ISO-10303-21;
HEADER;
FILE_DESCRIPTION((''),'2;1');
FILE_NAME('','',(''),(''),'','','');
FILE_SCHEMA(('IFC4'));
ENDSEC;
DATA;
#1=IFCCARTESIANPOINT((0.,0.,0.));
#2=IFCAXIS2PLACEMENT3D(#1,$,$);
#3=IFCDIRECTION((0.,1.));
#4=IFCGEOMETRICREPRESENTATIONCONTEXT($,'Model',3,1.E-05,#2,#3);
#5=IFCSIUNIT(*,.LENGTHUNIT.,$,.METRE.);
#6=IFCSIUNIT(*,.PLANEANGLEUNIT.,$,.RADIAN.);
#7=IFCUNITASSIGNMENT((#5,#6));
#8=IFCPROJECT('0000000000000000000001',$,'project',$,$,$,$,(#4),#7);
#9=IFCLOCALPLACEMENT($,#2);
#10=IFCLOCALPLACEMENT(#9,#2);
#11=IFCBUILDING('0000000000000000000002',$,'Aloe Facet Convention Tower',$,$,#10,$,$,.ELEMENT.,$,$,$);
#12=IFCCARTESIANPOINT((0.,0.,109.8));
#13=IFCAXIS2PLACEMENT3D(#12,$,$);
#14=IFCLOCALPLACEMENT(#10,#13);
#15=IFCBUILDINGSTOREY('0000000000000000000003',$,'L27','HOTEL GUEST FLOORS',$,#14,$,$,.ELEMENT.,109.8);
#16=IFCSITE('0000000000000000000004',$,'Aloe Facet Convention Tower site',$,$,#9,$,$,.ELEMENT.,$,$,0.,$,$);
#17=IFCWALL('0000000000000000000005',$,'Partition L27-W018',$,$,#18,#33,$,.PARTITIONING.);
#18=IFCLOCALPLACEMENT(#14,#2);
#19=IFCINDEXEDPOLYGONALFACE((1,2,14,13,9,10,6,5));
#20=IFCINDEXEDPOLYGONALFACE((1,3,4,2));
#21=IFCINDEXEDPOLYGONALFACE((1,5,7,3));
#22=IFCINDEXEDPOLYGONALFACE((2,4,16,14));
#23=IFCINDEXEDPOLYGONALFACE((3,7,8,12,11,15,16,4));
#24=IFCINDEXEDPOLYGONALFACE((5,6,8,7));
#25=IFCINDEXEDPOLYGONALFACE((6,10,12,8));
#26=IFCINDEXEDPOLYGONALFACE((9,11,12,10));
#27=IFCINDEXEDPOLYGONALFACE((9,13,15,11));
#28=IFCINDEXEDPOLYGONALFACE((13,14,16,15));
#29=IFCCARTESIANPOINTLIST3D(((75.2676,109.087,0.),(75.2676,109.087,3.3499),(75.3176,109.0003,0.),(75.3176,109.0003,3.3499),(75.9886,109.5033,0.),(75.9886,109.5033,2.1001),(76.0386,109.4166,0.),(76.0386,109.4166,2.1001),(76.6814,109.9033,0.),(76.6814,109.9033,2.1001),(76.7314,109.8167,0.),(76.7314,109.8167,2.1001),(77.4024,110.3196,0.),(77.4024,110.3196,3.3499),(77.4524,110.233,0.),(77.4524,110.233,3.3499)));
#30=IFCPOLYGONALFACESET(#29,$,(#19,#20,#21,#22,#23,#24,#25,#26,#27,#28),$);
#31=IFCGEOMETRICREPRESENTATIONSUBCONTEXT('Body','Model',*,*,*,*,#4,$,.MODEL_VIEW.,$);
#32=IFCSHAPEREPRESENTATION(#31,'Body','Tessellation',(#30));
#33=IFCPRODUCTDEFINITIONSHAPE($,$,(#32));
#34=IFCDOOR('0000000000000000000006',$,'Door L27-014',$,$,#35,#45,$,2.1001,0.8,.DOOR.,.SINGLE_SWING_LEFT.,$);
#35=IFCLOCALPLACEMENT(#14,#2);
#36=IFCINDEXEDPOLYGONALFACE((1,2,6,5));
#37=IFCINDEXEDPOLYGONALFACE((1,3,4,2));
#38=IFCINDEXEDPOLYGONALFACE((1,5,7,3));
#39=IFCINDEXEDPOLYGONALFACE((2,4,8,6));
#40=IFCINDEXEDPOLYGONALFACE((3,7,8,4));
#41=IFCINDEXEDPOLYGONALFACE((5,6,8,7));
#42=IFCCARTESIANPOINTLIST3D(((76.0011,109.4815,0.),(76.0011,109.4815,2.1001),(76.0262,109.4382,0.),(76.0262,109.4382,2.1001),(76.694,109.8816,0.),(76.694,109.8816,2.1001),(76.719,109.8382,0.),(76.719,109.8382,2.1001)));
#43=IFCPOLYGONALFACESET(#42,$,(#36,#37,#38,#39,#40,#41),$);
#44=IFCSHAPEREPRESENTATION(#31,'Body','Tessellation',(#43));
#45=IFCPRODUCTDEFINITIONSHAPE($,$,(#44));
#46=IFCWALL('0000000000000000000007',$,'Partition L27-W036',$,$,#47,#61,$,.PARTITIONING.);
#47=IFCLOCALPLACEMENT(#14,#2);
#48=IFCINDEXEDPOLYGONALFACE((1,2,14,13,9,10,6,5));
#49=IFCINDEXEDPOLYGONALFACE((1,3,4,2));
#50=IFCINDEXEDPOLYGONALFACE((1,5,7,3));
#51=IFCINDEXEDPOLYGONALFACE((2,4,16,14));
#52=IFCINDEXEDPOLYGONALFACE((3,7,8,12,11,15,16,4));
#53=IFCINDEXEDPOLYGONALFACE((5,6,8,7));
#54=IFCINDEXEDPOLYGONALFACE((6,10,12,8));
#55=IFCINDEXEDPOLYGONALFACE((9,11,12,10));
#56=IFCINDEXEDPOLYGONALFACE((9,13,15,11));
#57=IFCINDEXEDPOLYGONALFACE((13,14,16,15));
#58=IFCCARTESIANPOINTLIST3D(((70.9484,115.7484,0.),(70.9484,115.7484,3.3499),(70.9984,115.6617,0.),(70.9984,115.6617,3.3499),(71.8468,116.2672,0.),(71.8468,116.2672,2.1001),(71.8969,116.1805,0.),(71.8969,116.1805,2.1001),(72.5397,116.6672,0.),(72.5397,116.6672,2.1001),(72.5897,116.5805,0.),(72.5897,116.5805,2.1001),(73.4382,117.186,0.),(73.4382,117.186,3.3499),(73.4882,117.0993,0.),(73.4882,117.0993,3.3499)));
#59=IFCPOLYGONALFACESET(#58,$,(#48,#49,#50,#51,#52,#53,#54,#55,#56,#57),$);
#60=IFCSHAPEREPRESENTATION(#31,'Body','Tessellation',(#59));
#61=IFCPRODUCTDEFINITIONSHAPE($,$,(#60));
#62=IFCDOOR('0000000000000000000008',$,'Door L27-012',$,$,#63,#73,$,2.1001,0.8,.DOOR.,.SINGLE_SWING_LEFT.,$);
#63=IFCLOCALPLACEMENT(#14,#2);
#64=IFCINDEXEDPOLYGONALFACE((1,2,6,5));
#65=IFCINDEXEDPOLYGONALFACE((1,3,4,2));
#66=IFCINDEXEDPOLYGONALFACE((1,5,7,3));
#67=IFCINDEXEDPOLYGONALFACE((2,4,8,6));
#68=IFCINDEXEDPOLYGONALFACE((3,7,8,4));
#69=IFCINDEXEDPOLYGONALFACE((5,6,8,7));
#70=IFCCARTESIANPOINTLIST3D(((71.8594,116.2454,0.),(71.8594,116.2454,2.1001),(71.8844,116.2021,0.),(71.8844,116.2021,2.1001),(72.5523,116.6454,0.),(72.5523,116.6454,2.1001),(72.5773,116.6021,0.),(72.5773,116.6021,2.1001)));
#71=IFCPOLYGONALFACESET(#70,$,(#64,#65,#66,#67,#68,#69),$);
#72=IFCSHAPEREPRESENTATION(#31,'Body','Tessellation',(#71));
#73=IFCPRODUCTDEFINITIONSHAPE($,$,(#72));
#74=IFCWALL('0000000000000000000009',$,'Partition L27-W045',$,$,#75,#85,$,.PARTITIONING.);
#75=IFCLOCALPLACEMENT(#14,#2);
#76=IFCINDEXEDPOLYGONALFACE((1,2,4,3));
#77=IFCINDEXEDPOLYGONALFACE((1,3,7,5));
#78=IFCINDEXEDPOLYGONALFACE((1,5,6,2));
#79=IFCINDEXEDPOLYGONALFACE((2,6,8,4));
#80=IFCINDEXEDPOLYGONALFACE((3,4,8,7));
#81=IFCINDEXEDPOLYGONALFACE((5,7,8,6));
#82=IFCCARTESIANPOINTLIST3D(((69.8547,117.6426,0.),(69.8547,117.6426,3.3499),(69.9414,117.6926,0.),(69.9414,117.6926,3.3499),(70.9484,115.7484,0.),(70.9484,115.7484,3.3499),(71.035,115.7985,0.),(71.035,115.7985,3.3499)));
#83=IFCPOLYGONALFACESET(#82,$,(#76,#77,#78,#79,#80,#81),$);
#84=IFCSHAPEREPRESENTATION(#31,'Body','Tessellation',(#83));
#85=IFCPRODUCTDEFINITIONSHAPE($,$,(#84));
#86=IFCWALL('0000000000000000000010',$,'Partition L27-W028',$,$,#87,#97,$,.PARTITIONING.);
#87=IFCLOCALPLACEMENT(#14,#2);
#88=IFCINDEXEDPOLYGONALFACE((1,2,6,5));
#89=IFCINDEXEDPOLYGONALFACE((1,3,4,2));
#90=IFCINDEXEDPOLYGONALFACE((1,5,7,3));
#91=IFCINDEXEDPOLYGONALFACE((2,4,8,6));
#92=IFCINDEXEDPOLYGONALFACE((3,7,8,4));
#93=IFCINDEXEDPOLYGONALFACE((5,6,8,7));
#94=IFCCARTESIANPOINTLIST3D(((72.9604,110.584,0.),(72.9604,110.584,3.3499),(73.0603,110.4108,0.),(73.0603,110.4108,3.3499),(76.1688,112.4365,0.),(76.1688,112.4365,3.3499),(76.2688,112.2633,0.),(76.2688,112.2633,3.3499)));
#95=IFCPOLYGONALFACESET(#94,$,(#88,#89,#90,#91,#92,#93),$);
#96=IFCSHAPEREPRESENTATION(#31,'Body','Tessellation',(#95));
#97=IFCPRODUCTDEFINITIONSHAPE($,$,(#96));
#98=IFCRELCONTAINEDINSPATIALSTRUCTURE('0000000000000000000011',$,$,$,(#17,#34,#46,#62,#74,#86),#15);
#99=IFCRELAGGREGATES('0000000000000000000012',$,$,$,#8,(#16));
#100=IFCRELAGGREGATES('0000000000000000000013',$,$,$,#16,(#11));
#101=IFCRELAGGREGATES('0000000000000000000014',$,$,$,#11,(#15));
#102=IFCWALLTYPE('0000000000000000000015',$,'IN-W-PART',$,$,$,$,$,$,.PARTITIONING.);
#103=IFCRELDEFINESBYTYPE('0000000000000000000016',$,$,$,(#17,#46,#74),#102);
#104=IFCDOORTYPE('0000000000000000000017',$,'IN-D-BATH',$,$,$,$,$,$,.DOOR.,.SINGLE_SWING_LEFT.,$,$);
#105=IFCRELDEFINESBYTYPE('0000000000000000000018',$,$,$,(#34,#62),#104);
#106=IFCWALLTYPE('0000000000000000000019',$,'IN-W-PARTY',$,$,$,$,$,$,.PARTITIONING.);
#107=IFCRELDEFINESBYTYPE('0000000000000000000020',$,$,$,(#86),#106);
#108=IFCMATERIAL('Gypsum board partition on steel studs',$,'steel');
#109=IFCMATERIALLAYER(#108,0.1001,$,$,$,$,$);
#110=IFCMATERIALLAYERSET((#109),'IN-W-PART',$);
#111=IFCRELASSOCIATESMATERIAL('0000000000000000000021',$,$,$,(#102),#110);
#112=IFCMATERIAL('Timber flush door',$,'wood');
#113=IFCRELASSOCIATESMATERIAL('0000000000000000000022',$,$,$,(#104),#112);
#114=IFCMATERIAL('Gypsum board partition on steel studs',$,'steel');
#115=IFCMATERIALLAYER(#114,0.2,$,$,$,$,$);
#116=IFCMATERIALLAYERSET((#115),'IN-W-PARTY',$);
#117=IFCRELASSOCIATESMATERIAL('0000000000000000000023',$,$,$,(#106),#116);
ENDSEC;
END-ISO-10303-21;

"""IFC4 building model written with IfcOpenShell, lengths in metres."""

from ifc_helpers import new_model, si_unit, direction, frame, frame_2d, origin, place, context, subcontext, project, spatial, rectangle, extrude, material, layer, layer_set, type_object, element, fill, save


model = new_model("IFC4")

# Units and contexts
model_context = context("Model", 3, precision=1e-05, world=origin(), true_north=direction((0.0, 1.0)))
body_context = subcontext(model_context, "Body", "Model", "MODEL_VIEW")
ifc_project = project(units=[si_unit("LENGTHUNIT", "METRE"), si_unit("PLANEANGLEUNIT", "RADIAN")], contexts=[model_context])

# Site, building, storey
site_placement = place(None, origin())
site = spatial("IfcSite", under=ifc_project, at=site_placement, Name="Aloe Facet Convention Tower site", CompositionType="ELEMENT", RefElevation=0.0)
building_placement = place(site_placement, origin())
building = spatial("IfcBuilding", under=site, at=building_placement, Name="Aloe Facet Convention Tower", CompositionType="ELEMENT")
storey_placement = place(building_placement, frame((0.0, 0.0, 109.8)))
storey = spatial("IfcBuildingStorey", under=building, at=storey_placement, Name="L27", Description="HOTEL GUEST FLOORS", CompositionType="ELEMENT", Elevation=109.8)

# Shared definitions
ifc_material_1 = material(Name="Gypsum board partition on steel studs", Category="steel")
ifc_layer_1 = layer(ifc_material_1, 0.1001)
ifc_layer_set_1 = layer_set([ifc_layer_1], Name="IN-W-PART")
wall_type_1 = type_object("IfcWallType", Name="IN-W-PART", PredefinedType="PARTITIONING", material=ifc_layer_set_1)

# Walls, openings, doors
wall_1_placement = place(storey_placement, frame((75.2927, 109.0437, 0.0), z_axis=(0.0, 0.0, 1.0), x_axis=(0.865998, 0.500048, 0.0)))
wall_1 = element("IfcWall", 1, at=wall_1_placement, inside=storey, type_object=wall_type_1, Name="Partition L27-W018", PredefinedType="PARTITIONING", context=body_context, shape_type="SweptSolid", body=[
    extrude(rectangle(XDim=2.4651, YDim=0.1001, at=frame_2d((1.2324, 0.0))), origin(), (0.0, 0.0, 1.0), 3.3499),
])
opening_1_placement = place(wall_1_placement, frame((0.8325, 0.0, 0.0)))
opening_1 = element("IfcOpeningElement", 2, at=opening_1_placement, cuts=wall_1, PredefinedType="OPENING", context=body_context, shape_type="SweptSolid", body=[
    extrude(rectangle(XDim=0.8, YDim=2.1001, at=frame_2d((0.3999, 1.05))), frame((0.0, 0.0601, 0.0), z_axis=(0.0, -1.0, 0.0), x_axis=(1.0, 0.0, 0.0)), (0.0, 0.0, 1.0), 0.1201),
])
ifc_material_2 = material(Name="Timber flush door", Category="wood")
door_type_1 = type_object("IfcDoorType", Name="IN-D-BATH", OperationType="SINGLE_SWING_LEFT", PredefinedType="DOOR", material=ifc_material_2)
door_1_placement = place(opening_1_placement, origin())
door_1 = element("IfcDoor", 3, at=door_1_placement, inside=storey, type_object=door_type_1, Name="Door L27-014", OperationType="SINGLE_SWING_LEFT", OverallHeight=2.1001, OverallWidth=0.8, PredefinedType="DOOR", context=body_context, shape_type="SweptSolid", body=[
    extrude(rectangle(XDim=0.8, YDim=2.1001, at=frame_2d((0.3999, 1.05))), frame((0.0, 0.0249, 0.0), z_axis=(0.0, -1.0, 0.0), x_axis=(1.0, 0.0, 0.0)), (0.0, 0.0, 1.0), 0.05),
])
fill(opening_1, door_1)
wall_2_placement = place(storey_placement, frame((70.9734, 115.7051, 0.0), z_axis=(0.0, 0.0, 1.0), x_axis=(0.866019, 0.500012, 0.0)))
wall_2 = element("IfcWall", 4, at=wall_2_placement, inside=storey, type_object=wall_type_1, Name="Partition L27-W036", PredefinedType="PARTITIONING", context=body_context, shape_type="SweptSolid", body=[
    extrude(rectangle(XDim=2.875, YDim=0.1001, at=frame_2d((1.4375, 0.0))), origin(), (0.0, 0.0, 1.0), 3.3499),
])
opening_2_placement = place(wall_2_placement, frame((1.0376, 0.0, 0.0)))
opening_2 = element("IfcOpeningElement", 5, at=opening_2_placement, cuts=wall_2, PredefinedType="OPENING", context=body_context, shape_type="SweptSolid", body=[
    extrude(rectangle(XDim=0.8, YDim=2.1001, at=frame_2d((0.3999, 1.05))), frame((0.0, 0.0601, 0.0), z_axis=(0.0, -1.0, 0.0), x_axis=(1.0, 0.0, 0.0)), (0.0, 0.0, 1.0), 0.1201),
])
door_2_placement = place(opening_2_placement, origin())
door_2 = element("IfcDoor", 6, at=door_2_placement, inside=storey, type_object=door_type_1, Name="Door L27-012", OperationType="SINGLE_SWING_LEFT", OverallHeight=2.1001, OverallWidth=0.8, PredefinedType="DOOR", context=body_context, shape_type="SweptSolid", body=[
    extrude(rectangle(XDim=0.8, YDim=2.1001, at=frame_2d((0.3999, 1.05))), frame((0.0, 0.0249, 0.0), z_axis=(0.0, -1.0, 0.0), x_axis=(1.0, 0.0, 0.0)), (0.0, 0.0, 1.0), 0.05),
])
fill(opening_2, door_2)

# Walls
wall_3_placement = place(storey_placement, frame((69.8979, 117.6677, 0.0), z_axis=(0.0, 0.0, 1.0), x_axis=(0.500028, -0.866009, 0.0)))
element("IfcWall", 7, at=wall_3_placement, inside=storey, type_object=wall_type_1, Name="Partition L27-W045", PredefinedType="PARTITIONING", context=body_context, shape_type="SweptSolid", body=[
    extrude(rectangle(XDim=2.1873, YDim=0.1001, at=frame_2d((1.0938, 0.0))), origin(), (0.0, 0.0, 1.0), 3.3499),
])
ifc_material_3 = material(Name="Gypsum board partition on steel studs", Category="steel")
ifc_layer_2 = layer(ifc_material_3, 0.2)
ifc_layer_set_2 = layer_set([ifc_layer_2], Name="IN-W-PARTY")
wall_type_2 = type_object("IfcWallType", Name="IN-W-PARTY", PredefinedType="PARTITIONING", material=ifc_layer_set_2)
wall_4_placement = place(storey_placement, frame((73.0103, 110.4973, 0.0), z_axis=(0.0, 0.0, 1.0), x_axis=(0.866012, 0.500023, 0.0)))
element("IfcWall", 8, at=wall_4_placement, inside=storey, type_object=wall_type_2, Name="Partition L27-W028", PredefinedType="PARTITIONING", context=body_context, shape_type="SweptSolid", body=[
    extrude(rectangle(XDim=3.7048, YDim=0.2, at=frame_2d((1.8525, 0.0))), origin(), (0.0, 0.0, 1.0), 3.3499),
])

save(model, "model.ifc")
